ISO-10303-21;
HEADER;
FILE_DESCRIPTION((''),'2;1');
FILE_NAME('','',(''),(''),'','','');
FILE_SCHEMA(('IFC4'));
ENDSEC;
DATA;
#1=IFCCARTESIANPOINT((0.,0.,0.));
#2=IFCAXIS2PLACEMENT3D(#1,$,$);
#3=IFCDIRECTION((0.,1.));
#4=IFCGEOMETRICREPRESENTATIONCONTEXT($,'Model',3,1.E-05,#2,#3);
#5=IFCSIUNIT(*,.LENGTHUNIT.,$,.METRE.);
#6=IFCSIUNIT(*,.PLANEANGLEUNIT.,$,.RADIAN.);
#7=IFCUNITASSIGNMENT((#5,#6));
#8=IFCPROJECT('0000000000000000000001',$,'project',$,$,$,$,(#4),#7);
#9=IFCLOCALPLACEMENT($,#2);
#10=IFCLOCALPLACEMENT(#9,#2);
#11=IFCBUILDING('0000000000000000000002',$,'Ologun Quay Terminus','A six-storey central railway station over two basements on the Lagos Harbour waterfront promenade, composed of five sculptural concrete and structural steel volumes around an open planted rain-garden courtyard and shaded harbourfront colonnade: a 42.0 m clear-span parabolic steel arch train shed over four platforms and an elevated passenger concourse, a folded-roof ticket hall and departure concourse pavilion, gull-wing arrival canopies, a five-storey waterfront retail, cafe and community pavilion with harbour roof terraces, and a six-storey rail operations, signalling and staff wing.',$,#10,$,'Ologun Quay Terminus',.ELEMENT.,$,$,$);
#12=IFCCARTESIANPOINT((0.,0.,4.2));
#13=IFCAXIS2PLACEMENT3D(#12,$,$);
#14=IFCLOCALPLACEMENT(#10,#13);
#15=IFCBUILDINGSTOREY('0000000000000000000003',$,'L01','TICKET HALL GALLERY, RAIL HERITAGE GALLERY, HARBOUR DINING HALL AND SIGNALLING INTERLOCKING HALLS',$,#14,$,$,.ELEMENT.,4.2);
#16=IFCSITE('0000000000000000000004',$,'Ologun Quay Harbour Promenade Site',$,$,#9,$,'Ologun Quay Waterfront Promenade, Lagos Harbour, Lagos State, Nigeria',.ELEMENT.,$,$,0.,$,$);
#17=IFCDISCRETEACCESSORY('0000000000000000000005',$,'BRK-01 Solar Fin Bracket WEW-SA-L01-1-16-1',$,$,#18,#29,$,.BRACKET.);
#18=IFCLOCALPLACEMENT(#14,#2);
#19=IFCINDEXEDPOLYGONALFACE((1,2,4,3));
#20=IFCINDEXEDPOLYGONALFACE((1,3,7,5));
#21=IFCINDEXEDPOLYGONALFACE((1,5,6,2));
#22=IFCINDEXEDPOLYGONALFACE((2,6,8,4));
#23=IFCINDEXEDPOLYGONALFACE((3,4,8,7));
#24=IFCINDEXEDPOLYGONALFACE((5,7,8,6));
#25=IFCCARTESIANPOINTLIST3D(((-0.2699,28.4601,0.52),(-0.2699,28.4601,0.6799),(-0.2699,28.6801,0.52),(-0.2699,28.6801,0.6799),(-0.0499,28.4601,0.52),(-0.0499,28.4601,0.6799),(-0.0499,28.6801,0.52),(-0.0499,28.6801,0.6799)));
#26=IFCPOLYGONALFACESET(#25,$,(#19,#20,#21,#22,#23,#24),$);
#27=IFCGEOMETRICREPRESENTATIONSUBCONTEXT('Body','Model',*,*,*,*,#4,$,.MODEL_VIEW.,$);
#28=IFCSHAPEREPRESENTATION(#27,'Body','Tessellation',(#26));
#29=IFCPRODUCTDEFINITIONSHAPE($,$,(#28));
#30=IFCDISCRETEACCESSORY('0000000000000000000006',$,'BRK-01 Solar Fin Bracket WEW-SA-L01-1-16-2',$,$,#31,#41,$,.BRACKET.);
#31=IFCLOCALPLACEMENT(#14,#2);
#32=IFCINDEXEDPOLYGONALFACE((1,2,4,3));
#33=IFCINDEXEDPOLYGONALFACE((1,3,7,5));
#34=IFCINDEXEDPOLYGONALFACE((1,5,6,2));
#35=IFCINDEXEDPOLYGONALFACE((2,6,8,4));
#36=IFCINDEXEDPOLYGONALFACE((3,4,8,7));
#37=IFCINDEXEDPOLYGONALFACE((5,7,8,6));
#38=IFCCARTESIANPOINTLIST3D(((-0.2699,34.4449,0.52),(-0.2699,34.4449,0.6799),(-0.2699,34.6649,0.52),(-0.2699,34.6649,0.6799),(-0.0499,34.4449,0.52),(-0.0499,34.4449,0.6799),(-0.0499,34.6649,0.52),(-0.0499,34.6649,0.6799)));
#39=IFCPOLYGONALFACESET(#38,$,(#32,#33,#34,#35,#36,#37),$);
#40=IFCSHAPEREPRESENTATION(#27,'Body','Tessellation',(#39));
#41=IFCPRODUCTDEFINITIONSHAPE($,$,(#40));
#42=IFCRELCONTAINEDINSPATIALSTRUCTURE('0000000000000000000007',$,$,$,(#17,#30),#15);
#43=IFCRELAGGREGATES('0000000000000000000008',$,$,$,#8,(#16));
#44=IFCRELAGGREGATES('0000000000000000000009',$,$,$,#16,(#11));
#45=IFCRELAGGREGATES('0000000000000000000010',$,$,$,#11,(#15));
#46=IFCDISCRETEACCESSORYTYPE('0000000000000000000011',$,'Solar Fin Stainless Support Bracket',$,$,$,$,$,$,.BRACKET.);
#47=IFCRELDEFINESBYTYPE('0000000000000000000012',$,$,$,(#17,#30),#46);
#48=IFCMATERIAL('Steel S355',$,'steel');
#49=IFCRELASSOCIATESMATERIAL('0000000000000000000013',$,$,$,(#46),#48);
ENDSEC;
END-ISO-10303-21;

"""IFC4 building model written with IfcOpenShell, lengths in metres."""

from ifc_helpers import new_model, si_unit, direction, frame, origin, origin_2d, place, context, subcontext, project, spatial, rectangle, extrude, material, type_object, element, save


model = new_model("IFC4")

# Units and contexts
model_context = context("Model", 3, precision=1e-05, world=origin(), true_north=direction((0.0, 1.0)))
body_context = subcontext(model_context, "Body", "Model", "MODEL_VIEW")
ifc_project = project(units=[si_unit("LENGTHUNIT", "METRE"), si_unit("PLANEANGLEUNIT", "RADIAN")], contexts=[model_context])

# Site, building, storey
site_placement = place(None, origin())
site = spatial("IfcSite", under=ifc_project, at=site_placement, Name="Ologun Quay Harbour Promenade Site", LongName="Ologun Quay Waterfront Promenade, Lagos Harbour, Lagos State, Nigeria", CompositionType="ELEMENT", RefElevation=0.0)
building_placement = place(site_placement, origin())
building = spatial("IfcBuilding", under=site, at=building_placement, Name="Ologun Quay Terminus", Description="A six-storey central railway station over two basements on the Lagos Harbour waterfront promenade, composed of five sculptural concrete and structural steel volumes around an open planted rain-garden courtyard and shaded harbourfront colonnade: a 42.0 m clear-span parabolic steel arch train shed over four platforms and an elevated passenger concourse, a folded-roof ticket hall and departure concourse pavilion, gull-wing arrival canopies, a five-storey waterfront retail, cafe and community pavilion with harbour roof terraces, and a six-storey rail operations, signalling and staff wing.", LongName="Ologun Quay Terminus", CompositionType="ELEMENT")
storey_placement = place(building_placement, frame((0.0, 0.0, 4.2)))
storey = spatial("IfcBuildingStorey", under=building, at=storey_placement, Name="L01", Description="TICKET HALL GALLERY, RAIL HERITAGE GALLERY, HARBOUR DINING HALL AND SIGNALLING INTERLOCKING HALLS", CompositionType="ELEMENT", Elevation=4.2)

# Discrete accessories
ifc_material_1 = material(Name="Steel S355", Category="steel")
discrete_accessory_type = type_object("IfcDiscreteAccessoryType", Name="Solar Fin Stainless Support Bracket", PredefinedType="BRACKET", material=ifc_material_1)
for number, where, z_axis, x_axis, name in (
    (1, (-0.1599, 28.5701, 0.52), (0.0, 0.0, 1.0), (1.0, 0.0, 0.0), "BRK-01 Solar Fin Bracket WEW-SA-L01-1-16-1"),
    (2, (-0.1599, 34.5549, 0.52), (0.0, 0.0, 1.0), (1.0, 0.0, 0.0), "BRK-01 Solar Fin Bracket WEW-SA-L01-1-16-2"),
):
    element("IfcDiscreteAccessory", number, at=place(storey_placement, frame(where, z_axis=z_axis, x_axis=x_axis)), inside=storey, type_object=discrete_accessory_type, Name=name, PredefinedType="BRACKET", context=body_context, shape_type="SweptSolid", body=[
        extrude(rectangle(XDim=0.22, YDim=0.22, at=origin_2d()), origin(), (0.0, 0.0, 1.0), 0.1599),
    ])

save(model, "model.ifc")
